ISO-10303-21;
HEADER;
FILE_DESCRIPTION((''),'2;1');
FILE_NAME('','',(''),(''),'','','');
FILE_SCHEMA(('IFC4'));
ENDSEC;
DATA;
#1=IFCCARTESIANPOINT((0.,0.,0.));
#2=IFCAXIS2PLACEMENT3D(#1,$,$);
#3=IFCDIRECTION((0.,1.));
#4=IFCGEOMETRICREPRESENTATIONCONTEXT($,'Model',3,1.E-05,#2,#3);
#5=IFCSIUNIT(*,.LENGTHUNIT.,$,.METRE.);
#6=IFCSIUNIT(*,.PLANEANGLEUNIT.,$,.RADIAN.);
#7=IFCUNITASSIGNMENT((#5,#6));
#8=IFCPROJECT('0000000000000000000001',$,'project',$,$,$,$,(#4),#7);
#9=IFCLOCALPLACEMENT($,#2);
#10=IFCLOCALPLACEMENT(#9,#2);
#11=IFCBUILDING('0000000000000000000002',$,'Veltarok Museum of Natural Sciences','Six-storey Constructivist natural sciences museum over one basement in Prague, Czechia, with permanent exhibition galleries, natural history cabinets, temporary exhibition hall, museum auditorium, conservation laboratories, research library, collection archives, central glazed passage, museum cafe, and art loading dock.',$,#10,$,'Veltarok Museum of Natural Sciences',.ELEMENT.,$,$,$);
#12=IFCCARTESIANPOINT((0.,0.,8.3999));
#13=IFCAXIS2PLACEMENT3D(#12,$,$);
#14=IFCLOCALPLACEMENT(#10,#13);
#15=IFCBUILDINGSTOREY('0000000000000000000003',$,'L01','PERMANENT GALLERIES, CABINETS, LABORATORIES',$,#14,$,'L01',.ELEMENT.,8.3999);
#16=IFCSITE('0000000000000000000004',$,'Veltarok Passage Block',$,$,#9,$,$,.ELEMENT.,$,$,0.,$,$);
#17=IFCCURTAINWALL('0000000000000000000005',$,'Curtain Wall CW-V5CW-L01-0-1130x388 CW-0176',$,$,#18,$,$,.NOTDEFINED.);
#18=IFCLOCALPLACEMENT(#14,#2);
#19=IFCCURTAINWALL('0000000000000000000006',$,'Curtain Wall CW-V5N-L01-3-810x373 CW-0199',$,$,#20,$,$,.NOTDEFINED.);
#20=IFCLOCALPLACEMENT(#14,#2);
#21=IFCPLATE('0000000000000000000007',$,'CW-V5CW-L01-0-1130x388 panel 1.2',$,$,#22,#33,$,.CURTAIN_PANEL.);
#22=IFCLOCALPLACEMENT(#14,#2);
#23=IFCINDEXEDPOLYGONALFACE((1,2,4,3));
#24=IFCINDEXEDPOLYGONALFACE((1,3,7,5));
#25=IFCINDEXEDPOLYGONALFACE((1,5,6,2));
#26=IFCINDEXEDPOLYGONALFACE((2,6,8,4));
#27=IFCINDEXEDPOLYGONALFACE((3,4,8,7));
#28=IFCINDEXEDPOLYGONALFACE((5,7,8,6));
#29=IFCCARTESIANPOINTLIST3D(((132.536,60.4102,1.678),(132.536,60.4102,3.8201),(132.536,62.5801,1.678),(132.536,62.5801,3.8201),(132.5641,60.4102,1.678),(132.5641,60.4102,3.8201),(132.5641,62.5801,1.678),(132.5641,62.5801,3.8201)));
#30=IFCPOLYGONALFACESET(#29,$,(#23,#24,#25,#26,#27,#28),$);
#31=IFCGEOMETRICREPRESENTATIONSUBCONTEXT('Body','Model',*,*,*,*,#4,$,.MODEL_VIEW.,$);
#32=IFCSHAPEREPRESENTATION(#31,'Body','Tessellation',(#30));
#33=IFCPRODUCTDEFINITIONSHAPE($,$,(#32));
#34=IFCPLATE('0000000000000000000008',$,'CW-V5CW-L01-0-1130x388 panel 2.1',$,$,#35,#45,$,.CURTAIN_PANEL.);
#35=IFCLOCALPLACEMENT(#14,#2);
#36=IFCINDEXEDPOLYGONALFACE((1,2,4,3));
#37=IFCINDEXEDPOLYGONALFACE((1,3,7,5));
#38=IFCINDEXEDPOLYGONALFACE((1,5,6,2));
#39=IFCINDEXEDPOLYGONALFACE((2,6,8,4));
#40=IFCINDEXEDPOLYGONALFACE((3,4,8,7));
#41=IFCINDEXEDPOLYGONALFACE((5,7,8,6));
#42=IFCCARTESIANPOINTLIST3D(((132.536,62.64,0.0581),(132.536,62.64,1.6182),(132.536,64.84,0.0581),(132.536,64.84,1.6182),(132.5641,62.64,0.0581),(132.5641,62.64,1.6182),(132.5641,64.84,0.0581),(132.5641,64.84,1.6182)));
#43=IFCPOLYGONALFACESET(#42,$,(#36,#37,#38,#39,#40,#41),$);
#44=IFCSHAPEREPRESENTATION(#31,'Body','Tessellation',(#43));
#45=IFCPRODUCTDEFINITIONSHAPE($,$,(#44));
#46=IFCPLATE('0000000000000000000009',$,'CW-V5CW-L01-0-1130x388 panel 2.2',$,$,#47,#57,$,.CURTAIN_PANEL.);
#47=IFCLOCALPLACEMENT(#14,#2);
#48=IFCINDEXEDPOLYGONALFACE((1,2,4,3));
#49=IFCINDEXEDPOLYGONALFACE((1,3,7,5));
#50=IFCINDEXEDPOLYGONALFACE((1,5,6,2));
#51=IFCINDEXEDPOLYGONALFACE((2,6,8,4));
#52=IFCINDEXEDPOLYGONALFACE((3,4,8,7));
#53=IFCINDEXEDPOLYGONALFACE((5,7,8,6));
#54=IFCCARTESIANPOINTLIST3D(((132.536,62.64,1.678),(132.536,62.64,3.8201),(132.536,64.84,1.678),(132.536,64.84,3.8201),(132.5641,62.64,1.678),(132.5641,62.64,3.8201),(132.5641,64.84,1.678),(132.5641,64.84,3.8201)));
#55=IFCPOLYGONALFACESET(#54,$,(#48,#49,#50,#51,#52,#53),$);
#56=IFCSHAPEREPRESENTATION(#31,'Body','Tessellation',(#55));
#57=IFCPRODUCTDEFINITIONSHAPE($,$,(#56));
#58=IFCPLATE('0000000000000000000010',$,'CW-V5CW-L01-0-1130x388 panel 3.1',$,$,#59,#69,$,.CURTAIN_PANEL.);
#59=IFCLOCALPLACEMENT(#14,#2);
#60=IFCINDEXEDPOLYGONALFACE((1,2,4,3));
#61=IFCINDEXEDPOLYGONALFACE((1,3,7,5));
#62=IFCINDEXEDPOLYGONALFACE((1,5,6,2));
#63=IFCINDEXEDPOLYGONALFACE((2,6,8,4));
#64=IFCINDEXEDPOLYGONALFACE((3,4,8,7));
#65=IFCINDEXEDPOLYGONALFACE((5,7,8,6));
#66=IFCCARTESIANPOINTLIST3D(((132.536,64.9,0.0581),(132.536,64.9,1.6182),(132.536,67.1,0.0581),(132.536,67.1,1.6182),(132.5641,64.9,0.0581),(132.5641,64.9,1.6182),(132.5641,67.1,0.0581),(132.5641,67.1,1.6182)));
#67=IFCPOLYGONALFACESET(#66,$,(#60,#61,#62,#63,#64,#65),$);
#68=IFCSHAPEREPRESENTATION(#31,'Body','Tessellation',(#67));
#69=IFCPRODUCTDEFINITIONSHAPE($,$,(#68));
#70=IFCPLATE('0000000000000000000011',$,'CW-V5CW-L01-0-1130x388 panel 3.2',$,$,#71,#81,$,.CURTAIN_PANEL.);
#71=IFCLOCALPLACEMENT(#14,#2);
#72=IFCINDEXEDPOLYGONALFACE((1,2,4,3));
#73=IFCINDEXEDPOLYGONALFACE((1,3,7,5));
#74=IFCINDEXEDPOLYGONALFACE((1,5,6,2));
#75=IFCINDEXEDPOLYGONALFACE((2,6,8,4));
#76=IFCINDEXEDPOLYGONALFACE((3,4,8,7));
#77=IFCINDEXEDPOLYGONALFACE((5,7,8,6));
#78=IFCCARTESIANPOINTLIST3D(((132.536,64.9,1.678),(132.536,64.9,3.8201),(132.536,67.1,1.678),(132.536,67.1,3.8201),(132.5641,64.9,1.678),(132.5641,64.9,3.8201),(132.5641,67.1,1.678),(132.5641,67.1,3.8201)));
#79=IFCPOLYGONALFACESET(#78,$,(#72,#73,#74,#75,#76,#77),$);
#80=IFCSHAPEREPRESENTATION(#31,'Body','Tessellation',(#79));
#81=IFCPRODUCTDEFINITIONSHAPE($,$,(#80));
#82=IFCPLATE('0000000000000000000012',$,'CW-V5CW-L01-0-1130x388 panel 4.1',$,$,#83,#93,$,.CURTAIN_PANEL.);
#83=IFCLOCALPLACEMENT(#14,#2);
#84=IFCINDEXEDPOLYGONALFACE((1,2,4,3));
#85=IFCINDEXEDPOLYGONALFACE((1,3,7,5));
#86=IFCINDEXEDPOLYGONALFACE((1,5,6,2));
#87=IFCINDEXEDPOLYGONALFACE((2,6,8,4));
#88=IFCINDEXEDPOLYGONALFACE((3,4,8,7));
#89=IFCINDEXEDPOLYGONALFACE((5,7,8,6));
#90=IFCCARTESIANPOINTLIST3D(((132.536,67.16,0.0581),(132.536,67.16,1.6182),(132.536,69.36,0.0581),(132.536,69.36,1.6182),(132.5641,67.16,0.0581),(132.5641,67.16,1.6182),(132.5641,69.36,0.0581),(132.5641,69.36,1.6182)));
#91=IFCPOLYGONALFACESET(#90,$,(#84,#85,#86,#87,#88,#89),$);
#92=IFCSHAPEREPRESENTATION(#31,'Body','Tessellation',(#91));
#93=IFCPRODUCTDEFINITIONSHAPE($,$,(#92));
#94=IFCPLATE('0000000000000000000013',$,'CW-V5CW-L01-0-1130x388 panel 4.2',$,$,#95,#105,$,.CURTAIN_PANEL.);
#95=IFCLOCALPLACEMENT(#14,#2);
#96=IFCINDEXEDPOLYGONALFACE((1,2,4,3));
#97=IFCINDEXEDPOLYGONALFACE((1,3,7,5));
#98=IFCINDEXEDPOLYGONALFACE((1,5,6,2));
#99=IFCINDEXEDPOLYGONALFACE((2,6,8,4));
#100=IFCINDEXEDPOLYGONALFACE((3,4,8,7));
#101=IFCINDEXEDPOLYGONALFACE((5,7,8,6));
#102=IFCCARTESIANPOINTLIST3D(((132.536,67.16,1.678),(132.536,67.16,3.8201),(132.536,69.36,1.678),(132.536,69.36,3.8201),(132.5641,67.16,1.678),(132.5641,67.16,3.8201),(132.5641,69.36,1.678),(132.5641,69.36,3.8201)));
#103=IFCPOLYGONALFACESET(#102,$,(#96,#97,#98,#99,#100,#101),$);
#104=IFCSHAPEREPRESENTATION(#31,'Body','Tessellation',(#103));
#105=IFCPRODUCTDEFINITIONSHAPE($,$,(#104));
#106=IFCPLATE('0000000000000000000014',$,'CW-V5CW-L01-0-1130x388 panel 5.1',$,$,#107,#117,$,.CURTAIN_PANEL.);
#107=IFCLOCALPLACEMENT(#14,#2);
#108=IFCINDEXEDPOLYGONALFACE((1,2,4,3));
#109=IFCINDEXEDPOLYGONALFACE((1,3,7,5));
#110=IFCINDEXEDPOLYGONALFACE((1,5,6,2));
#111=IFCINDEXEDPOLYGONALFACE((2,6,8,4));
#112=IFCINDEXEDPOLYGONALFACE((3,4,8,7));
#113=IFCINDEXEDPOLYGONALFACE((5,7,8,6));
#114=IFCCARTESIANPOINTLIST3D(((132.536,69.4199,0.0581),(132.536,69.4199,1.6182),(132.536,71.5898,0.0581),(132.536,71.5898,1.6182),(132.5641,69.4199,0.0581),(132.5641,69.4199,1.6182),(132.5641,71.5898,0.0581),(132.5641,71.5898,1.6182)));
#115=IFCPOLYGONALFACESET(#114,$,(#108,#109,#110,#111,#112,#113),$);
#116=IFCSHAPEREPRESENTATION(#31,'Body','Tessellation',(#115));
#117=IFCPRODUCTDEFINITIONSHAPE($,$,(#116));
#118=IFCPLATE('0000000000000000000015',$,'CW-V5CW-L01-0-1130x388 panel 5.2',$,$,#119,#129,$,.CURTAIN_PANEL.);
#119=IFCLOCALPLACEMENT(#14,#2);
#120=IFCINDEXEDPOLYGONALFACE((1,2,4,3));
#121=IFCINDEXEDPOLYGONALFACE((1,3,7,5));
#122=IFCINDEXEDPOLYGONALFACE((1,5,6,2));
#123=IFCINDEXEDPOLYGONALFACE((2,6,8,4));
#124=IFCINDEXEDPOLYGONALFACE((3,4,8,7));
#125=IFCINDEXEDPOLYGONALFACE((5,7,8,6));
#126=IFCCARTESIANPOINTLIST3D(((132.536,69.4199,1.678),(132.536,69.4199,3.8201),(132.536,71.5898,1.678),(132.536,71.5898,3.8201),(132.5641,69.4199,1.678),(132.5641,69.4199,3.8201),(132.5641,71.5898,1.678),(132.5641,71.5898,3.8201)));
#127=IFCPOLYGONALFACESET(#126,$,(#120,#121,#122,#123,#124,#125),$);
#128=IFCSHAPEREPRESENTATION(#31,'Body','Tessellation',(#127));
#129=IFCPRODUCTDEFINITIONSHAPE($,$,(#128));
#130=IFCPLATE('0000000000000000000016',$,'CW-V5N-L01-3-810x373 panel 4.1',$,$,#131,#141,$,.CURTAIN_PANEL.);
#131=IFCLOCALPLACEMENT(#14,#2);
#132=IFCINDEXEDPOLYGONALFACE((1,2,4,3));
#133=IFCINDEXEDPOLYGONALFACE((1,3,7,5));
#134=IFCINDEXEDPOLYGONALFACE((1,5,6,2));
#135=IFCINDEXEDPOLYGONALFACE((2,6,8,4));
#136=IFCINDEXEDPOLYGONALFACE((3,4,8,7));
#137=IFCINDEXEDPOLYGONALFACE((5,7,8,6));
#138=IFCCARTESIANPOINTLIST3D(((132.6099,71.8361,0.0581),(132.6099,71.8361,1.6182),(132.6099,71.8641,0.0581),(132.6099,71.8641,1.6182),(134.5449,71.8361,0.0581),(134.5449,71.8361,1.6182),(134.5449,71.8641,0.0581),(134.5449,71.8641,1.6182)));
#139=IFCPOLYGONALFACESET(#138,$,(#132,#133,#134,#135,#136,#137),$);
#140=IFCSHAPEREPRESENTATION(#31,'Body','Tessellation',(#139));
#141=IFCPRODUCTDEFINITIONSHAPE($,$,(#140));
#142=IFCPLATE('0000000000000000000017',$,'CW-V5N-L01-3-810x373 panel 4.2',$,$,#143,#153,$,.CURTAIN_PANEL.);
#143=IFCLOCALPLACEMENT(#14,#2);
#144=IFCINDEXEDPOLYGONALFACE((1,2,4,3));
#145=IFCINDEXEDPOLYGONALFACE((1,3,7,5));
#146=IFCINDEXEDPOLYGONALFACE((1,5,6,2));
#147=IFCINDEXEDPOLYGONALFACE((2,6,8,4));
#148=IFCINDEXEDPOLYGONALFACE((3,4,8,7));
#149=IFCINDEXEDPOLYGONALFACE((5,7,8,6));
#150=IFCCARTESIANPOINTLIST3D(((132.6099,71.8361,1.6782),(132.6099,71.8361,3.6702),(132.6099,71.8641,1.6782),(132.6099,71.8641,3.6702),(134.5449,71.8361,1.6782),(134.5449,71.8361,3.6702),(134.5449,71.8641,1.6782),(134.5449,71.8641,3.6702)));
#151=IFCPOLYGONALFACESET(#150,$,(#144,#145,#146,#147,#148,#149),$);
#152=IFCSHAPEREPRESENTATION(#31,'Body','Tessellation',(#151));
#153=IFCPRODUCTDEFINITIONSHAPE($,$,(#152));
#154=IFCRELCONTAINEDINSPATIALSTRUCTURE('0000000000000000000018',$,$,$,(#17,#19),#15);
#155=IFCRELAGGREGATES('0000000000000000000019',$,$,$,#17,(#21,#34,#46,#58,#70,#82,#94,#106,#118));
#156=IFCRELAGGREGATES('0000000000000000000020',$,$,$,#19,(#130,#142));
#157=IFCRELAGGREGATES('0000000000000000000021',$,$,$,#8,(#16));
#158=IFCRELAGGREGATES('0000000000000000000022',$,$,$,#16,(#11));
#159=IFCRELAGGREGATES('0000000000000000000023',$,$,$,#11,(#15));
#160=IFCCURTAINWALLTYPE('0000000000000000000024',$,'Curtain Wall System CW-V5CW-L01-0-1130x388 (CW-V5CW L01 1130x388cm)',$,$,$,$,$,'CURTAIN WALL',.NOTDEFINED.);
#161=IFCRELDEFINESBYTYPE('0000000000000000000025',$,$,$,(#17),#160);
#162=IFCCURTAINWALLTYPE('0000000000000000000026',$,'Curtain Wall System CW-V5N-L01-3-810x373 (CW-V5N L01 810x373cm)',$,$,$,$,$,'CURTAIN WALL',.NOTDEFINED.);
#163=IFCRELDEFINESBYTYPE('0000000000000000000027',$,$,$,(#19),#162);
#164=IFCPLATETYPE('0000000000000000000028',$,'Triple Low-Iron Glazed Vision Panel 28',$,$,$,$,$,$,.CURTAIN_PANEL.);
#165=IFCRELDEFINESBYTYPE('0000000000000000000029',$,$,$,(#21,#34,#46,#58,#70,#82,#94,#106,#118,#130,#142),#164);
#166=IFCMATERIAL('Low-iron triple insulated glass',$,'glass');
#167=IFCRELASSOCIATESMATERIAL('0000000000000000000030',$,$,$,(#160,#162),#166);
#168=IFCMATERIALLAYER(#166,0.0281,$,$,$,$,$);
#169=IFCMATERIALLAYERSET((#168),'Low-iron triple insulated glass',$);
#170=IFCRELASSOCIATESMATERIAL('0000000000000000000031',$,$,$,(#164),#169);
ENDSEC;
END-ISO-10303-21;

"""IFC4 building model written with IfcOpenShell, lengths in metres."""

from ifc_helpers import new_model, si_unit, direction, frame, origin, origin_2d, place, context, subcontext, project, spatial, rectangle, extrude, material, layer, layer_set, type_object, element, aggregate, save


model = new_model("IFC4")

# Units and contexts
model_context = context("Model", 3, precision=1e-05, world=origin(), true_north=direction((0.0, 1.0)))
body_context = subcontext(model_context, "Body", "Model", "MODEL_VIEW")
ifc_project = project(units=[si_unit("LENGTHUNIT", "METRE"), si_unit("PLANEANGLEUNIT", "RADIAN")], contexts=[model_context])

# Site, building, storey
site_placement = place(None, origin())
site = spatial("IfcSite", under=ifc_project, at=site_placement, Name="Veltarok Passage Block", CompositionType="ELEMENT", RefElevation=0.0)
building_placement = place(site_placement, origin())
building = spatial("IfcBuilding", under=site, at=building_placement, Name="Veltarok Museum of Natural Sciences", Description="Six-storey Constructivist natural sciences museum over one basement in Prague, Czechia, with permanent exhibition galleries, natural history cabinets, temporary exhibition hall, museum auditorium, conservation laboratories, research library, collection archives, central glazed passage, museum cafe, and art loading dock.", LongName="Veltarok Museum of Natural Sciences", CompositionType="ELEMENT")
storey_placement = place(building_placement, frame((0.0, 0.0, 8.3999)))
storey = spatial("IfcBuildingStorey", under=building, at=storey_placement, Name="L01", Description="PERMANENT GALLERIES, CABINETS, LABORATORIES", LongName="L01", CompositionType="ELEMENT", Elevation=8.3999)

# Curtain walls
ifc_material_1 = material(Name="Low-iron triple insulated glass", Category="glass")
curtain_wall_type_1 = type_object("IfcCurtainWallType", Name="Curtain Wall System CW-V5CW-L01-0-1130x388 (CW-V5CW L01 1130x388cm)", ElementType="CURTAIN WALL", PredefinedType="NOTDEFINED", material=ifc_material_1)
curtain_wall_1_placement = place(storey_placement, origin())
curtain_wall_1 = element("IfcCurtainWall", 1, at=curtain_wall_1_placement, inside=storey, type_object=curtain_wall_type_1, Name="Curtain Wall CW-V5CW-L01-0-1130x388 CW-0176", PredefinedType="NOTDEFINED")
curtain_wall_type_2 = type_object("IfcCurtainWallType", Name="Curtain Wall System CW-V5N-L01-3-810x373 (CW-V5N L01 810x373cm)", ElementType="CURTAIN WALL", PredefinedType="NOTDEFINED", material=ifc_material_1)
curtain_wall_2_placement = place(storey_placement, origin())
curtain_wall_2 = element("IfcCurtainWall", 2, at=curtain_wall_2_placement, inside=storey, type_object=curtain_wall_type_2, Name="Curtain Wall CW-V5N-L01-3-810x373 CW-0199", PredefinedType="NOTDEFINED")

# Plates
ifc_layer = layer(ifc_material_1, 0.0281)
ifc_layer_set = layer_set([ifc_layer], Name="Low-iron triple insulated glass")
plate_type = type_object("IfcPlateType", Name="Triple Low-Iron Glazed Vision Panel 28", PredefinedType="CURTAIN_PANEL", material=ifc_layer_set)
plate_1_placement = place(storey_placement, frame((132.55, 61.4951, 1.678), z_axis=(0.0, 0.0, 1.0), x_axis=(0.0, 1.0, 0.0)))
plate_1 = element("IfcPlate", 3, at=plate_1_placement, type_object=plate_type, Name="CW-V5CW-L01-0-1130x388 panel 1.2", PredefinedType="CURTAIN_PANEL", context=body_context, shape_type="SweptSolid", body=[
    extrude(rectangle(XDim=2.1699, YDim=0.0281, at=origin_2d()), origin(), (0.0, 0.0, 1.0), 2.1421),
])
plate_2_placement = place(storey_placement, frame((132.55, 63.74, 0.0581), z_axis=(0.0, 0.0, 1.0), x_axis=(0.0, 1.0, 0.0)))
plate_2 = element("IfcPlate", 4, at=plate_2_placement, type_object=plate_type, Name="CW-V5CW-L01-0-1130x388 panel 2.1", PredefinedType="CURTAIN_PANEL", context=body_context, shape_type="SweptSolid", body=[
    extrude(rectangle(XDim=2.2, YDim=0.0281, at=origin_2d()), origin(), (0.0, 0.0, 1.0), 1.5601),
])
plate_3_placement = place(storey_placement, frame((132.55, 63.74, 1.678), z_axis=(0.0, 0.0, 1.0), x_axis=(0.0, 1.0, 0.0)))
plate_3 = element("IfcPlate", 5, at=plate_3_placement, type_object=plate_type, Name="CW-V5CW-L01-0-1130x388 panel 2.2", PredefinedType="CURTAIN_PANEL", context=body_context, shape_type="SweptSolid", body=[
    extrude(rectangle(XDim=2.2, YDim=0.0281, at=origin_2d()), origin(), (0.0, 0.0, 1.0), 2.1421),
])
plate_4_placement = place(storey_placement, frame((132.55, 66.0, 0.0581), z_axis=(0.0, 0.0, 1.0), x_axis=(0.0, 1.0, 0.0)))
plate_4 = element("IfcPlate", 6, at=plate_4_placement, type_object=plate_type, Name="CW-V5CW-L01-0-1130x388 panel 3.1", PredefinedType="CURTAIN_PANEL", context=body_context, shape_type="SweptSolid", body=[
    extrude(rectangle(XDim=2.2, YDim=0.0281, at=origin_2d()), origin(), (0.0, 0.0, 1.0), 1.5601),
])
plate_5_placement = place(storey_placement, frame((132.55, 66.0, 1.678), z_axis=(0.0, 0.0, 1.0), x_axis=(0.0, 1.0, 0.0)))
plate_5 = element("IfcPlate", 7, at=plate_5_placement, type_object=plate_type, Name="CW-V5CW-L01-0-1130x388 panel 3.2", PredefinedType="CURTAIN_PANEL", context=body_context, shape_type="SweptSolid", body=[
    extrude(rectangle(XDim=2.2, YDim=0.0281, at=origin_2d()), origin(), (0.0, 0.0, 1.0), 2.1421),
])
plate_6_placement = place(storey_placement, frame((132.55, 68.26, 0.0581), z_axis=(0.0, 0.0, 1.0), x_axis=(0.0, 1.0, 0.0)))
plate_6 = element("IfcPlate", 8, at=plate_6_placement, type_object=plate_type, Name="CW-V5CW-L01-0-1130x388 panel 4.1", PredefinedType="CURTAIN_PANEL", context=body_context, shape_type="SweptSolid", body=[
    extrude(rectangle(XDim=2.2, YDim=0.0281, at=origin_2d()), origin(), (0.0, 0.0, 1.0), 1.5601),
])
plate_7_placement = place(storey_placement, frame((132.55, 68.26, 1.678), z_axis=(0.0, 0.0, 1.0), x_axis=(0.0, 1.0, 0.0)))
plate_7 = element("IfcPlate", 9, at=plate_7_placement, type_object=plate_type, Name="CW-V5CW-L01-0-1130x388 panel 4.2", PredefinedType="CURTAIN_PANEL", context=body_context, shape_type="SweptSolid", body=[
    extrude(rectangle(XDim=2.2, YDim=0.0281, at=origin_2d()), origin(), (0.0, 0.0, 1.0), 2.1421),
])
plate_8_placement = place(storey_placement, frame((132.55, 70.5049, 0.0581), z_axis=(0.0, 0.0, 1.0), x_axis=(0.0, 1.0, 0.0)))
plate_8 = element("IfcPlate", 10, at=plate_8_placement, type_object=plate_type, Name="CW-V5CW-L01-0-1130x388 panel 5.1", PredefinedType="CURTAIN_PANEL", context=body_context, shape_type="SweptSolid", body=[
    extrude(rectangle(XDim=2.1699, YDim=0.0281, at=origin_2d()), origin(), (0.0, 0.0, 1.0), 1.5601),
])
plate_9_placement = place(storey_placement, frame((132.55, 70.5049, 1.678), z_axis=(0.0, 0.0, 1.0), x_axis=(0.0, 1.0, 0.0)))
plate_9 = element("IfcPlate", 11, at=plate_9_placement, type_object=plate_type, Name="CW-V5CW-L01-0-1130x388 panel 5.2", PredefinedType="CURTAIN_PANEL", context=body_context, shape_type="SweptSolid", body=[
    extrude(rectangle(XDim=2.1699, YDim=0.0281, at=origin_2d()), origin(), (0.0, 0.0, 1.0), 2.1421),
])
aggregate(curtain_wall_1, [plate_1, plate_2, plate_3, plate_4, plate_5, plate_6, plate_7, plate_8, plate_9])
plate_10_placement = place(storey_placement, frame((133.5774, 71.8501, 0.0581), z_axis=(0.0, 0.0, 1.0), x_axis=(-1.0, 0.0, 0.0)))
plate_10 = element("IfcPlate", 12, at=plate_10_placement, type_object=plate_type, Name="CW-V5N-L01-3-810x373 panel 4.1", PredefinedType="CURTAIN_PANEL", context=body_context, shape_type="SweptSolid", body=[
    extrude(rectangle(XDim=1.9351, YDim=0.0281, at=origin_2d()), origin(), (0.0, 0.0, 1.0), 1.5601),
])
plate_11_placement = place(storey_placement, frame((133.5774, 71.8501, 1.6782), z_axis=(0.0, 0.0, 1.0), x_axis=(-1.0, 0.0, 0.0)))
plate_11 = element("IfcPlate", 13, at=plate_11_placement, type_object=plate_type, Name="CW-V5N-L01-3-810x373 panel 4.2", PredefinedType="CURTAIN_PANEL", context=body_context, shape_type="SweptSolid", body=[
    extrude(rectangle(XDim=1.9351, YDim=0.0281, at=origin_2d()), origin(), (0.0, 0.0, 1.0), 1.9919),
])
aggregate(curtain_wall_2, [plate_10, plate_11])

save(model, "model.ifc")
